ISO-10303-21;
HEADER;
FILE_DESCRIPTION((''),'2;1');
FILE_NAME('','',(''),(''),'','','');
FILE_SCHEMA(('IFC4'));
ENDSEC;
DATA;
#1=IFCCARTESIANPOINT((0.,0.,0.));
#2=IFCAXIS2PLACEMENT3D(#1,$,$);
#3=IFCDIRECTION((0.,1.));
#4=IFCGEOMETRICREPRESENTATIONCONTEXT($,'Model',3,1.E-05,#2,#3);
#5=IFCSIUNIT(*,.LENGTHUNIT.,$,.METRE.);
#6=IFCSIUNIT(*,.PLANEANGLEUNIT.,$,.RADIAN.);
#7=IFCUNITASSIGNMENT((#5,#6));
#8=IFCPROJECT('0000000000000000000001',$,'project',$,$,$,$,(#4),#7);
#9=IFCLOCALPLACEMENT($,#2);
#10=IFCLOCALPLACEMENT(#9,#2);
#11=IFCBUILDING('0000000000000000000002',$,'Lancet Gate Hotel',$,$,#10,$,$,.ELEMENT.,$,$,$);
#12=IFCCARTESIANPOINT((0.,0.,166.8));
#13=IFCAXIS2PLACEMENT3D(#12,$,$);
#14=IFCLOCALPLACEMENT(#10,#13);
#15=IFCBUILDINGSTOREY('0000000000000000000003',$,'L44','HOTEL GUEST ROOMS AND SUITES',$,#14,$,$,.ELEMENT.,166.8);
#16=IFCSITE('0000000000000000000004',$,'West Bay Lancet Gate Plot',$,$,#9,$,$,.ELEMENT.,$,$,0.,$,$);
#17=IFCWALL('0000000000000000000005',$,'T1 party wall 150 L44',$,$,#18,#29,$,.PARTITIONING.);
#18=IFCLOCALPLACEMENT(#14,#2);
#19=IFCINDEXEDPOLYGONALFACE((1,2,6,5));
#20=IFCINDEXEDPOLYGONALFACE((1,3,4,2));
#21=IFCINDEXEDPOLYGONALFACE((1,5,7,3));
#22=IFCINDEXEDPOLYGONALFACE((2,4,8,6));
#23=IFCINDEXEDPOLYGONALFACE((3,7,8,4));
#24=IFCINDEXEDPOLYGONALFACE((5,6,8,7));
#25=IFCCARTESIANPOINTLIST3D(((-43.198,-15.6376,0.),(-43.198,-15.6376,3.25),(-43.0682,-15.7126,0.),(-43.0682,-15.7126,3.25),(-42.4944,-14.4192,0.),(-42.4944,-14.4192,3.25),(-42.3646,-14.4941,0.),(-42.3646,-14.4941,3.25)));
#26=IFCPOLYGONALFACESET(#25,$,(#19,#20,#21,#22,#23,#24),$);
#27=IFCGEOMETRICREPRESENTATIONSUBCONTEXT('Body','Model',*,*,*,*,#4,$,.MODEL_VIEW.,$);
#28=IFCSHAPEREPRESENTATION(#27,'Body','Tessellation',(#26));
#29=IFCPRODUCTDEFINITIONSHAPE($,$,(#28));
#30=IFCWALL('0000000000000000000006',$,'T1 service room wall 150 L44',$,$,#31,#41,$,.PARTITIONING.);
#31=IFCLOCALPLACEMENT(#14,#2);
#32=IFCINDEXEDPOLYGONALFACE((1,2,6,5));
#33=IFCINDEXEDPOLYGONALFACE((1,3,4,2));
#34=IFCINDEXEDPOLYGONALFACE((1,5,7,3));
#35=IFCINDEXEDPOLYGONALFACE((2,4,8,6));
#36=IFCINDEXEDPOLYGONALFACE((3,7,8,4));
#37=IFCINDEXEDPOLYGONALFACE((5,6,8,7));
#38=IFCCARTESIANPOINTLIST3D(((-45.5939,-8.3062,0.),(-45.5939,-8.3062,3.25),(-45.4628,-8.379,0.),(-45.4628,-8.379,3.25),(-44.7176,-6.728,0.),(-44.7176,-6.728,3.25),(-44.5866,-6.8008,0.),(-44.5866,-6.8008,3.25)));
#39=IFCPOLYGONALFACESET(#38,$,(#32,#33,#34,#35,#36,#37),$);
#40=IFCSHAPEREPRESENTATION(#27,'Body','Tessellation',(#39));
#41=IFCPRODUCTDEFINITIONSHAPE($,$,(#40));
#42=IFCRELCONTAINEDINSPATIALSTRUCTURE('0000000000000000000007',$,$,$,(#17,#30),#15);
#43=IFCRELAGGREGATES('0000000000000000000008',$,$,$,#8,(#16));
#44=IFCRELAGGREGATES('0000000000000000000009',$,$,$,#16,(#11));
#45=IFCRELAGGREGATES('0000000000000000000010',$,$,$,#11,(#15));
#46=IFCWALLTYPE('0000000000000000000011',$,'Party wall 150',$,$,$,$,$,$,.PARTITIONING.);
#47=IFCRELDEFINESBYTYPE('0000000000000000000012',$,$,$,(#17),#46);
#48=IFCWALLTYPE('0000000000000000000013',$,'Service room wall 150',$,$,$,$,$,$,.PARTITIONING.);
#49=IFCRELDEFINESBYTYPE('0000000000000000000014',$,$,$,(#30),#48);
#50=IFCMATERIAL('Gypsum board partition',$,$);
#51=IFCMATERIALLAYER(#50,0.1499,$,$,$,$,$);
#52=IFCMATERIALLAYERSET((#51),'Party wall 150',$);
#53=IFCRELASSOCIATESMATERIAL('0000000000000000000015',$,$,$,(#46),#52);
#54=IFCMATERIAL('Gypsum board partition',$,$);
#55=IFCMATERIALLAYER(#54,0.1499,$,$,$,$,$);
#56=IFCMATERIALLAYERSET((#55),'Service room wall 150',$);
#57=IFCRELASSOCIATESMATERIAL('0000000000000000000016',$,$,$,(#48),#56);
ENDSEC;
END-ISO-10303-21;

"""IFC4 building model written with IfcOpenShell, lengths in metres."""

from ifc_helpers import new_model, si_unit, direction, frame, frame_2d, origin, place, context, subcontext, project, spatial, rectangle, extrude, material, layer, layer_set, type_object, element, save


model = new_model("IFC4")

# Units and contexts
model_context = context("Model", 3, precision=1e-05, world=origin(), true_north=direction((0.0, 1.0)))
body_context = subcontext(model_context, "Body", "Model", "MODEL_VIEW")
ifc_project = project(units=[si_unit("LENGTHUNIT", "METRE"), si_unit("PLANEANGLEUNIT", "RADIAN")], contexts=[model_context])

# Site, building, storey
site_placement = place(None, origin())
site = spatial("IfcSite", under=ifc_project, at=site_placement, Name="West Bay Lancet Gate Plot", CompositionType="ELEMENT", RefElevation=0.0)
building_placement = place(site_placement, origin())
building = spatial("IfcBuilding", under=site, at=building_placement, Name="Lancet Gate Hotel", CompositionType="ELEMENT")
storey_placement = place(building_placement, frame((0.0, 0.0, 166.8)))
storey = spatial("IfcBuildingStorey", under=building, at=storey_placement, Name="L44", Description="HOTEL GUEST ROOMS AND SUITES", CompositionType="ELEMENT", Elevation=166.8)

# Walls
ifc_material_1 = material(Name="Gypsum board partition")
ifc_layer_1 = layer(ifc_material_1, 0.1499)
ifc_layer_set_1 = layer_set([ifc_layer_1], Name="Party wall 150")
wall_type_1 = type_object("IfcWallType", Name="Party wall 150", PredefinedType="PARTITIONING", material=ifc_layer_set_1)
wall_1_placement = place(storey_placement, frame((-42.4294, -14.4565, 0.0), z_axis=(0.0, 0.0, 1.0), x_axis=(-0.500058, -0.865992, 0.0)))
element("IfcWall", 1, at=wall_1_placement, inside=storey, type_object=wall_type_1, Name="T1 party wall 150 L44", PredefinedType="PARTITIONING", context=body_context, shape_type="SweptSolid", body=[
    extrude(rectangle(XDim=1.407, YDim=0.1499, at=frame_2d((0.7036, 0.0))), origin(), (0.0, 0.0, 1.0), 3.25),
])
ifc_material_2 = material(Name="Gypsum board partition")
ifc_layer_2 = layer(ifc_material_2, 0.1499)
ifc_layer_set_2 = layer_set([ifc_layer_2], Name="Service room wall 150")
wall_type_2 = type_object("IfcWallType", Name="Service room wall 150", PredefinedType="PARTITIONING", material=ifc_layer_set_2)
wall_2_placement = place(storey_placement, frame((-44.6521, -6.7644, 0.0), z_axis=(0.0, 0.0, 1.0), x_axis=(-0.485425, -0.874278, 0.0)))
element("IfcWall", 2, at=wall_2_placement, inside=storey, type_object=wall_type_2, Name="T1 service room wall 150 L44", PredefinedType="PARTITIONING", context=body_context, shape_type="SweptSolid", body=[
    extrude(rectangle(XDim=1.8052, YDim=0.1499, at=frame_2d((0.9026, 0.0))), origin(), (0.0, 0.0, 1.0), 3.25),
])

save(model, "model.ifc")
